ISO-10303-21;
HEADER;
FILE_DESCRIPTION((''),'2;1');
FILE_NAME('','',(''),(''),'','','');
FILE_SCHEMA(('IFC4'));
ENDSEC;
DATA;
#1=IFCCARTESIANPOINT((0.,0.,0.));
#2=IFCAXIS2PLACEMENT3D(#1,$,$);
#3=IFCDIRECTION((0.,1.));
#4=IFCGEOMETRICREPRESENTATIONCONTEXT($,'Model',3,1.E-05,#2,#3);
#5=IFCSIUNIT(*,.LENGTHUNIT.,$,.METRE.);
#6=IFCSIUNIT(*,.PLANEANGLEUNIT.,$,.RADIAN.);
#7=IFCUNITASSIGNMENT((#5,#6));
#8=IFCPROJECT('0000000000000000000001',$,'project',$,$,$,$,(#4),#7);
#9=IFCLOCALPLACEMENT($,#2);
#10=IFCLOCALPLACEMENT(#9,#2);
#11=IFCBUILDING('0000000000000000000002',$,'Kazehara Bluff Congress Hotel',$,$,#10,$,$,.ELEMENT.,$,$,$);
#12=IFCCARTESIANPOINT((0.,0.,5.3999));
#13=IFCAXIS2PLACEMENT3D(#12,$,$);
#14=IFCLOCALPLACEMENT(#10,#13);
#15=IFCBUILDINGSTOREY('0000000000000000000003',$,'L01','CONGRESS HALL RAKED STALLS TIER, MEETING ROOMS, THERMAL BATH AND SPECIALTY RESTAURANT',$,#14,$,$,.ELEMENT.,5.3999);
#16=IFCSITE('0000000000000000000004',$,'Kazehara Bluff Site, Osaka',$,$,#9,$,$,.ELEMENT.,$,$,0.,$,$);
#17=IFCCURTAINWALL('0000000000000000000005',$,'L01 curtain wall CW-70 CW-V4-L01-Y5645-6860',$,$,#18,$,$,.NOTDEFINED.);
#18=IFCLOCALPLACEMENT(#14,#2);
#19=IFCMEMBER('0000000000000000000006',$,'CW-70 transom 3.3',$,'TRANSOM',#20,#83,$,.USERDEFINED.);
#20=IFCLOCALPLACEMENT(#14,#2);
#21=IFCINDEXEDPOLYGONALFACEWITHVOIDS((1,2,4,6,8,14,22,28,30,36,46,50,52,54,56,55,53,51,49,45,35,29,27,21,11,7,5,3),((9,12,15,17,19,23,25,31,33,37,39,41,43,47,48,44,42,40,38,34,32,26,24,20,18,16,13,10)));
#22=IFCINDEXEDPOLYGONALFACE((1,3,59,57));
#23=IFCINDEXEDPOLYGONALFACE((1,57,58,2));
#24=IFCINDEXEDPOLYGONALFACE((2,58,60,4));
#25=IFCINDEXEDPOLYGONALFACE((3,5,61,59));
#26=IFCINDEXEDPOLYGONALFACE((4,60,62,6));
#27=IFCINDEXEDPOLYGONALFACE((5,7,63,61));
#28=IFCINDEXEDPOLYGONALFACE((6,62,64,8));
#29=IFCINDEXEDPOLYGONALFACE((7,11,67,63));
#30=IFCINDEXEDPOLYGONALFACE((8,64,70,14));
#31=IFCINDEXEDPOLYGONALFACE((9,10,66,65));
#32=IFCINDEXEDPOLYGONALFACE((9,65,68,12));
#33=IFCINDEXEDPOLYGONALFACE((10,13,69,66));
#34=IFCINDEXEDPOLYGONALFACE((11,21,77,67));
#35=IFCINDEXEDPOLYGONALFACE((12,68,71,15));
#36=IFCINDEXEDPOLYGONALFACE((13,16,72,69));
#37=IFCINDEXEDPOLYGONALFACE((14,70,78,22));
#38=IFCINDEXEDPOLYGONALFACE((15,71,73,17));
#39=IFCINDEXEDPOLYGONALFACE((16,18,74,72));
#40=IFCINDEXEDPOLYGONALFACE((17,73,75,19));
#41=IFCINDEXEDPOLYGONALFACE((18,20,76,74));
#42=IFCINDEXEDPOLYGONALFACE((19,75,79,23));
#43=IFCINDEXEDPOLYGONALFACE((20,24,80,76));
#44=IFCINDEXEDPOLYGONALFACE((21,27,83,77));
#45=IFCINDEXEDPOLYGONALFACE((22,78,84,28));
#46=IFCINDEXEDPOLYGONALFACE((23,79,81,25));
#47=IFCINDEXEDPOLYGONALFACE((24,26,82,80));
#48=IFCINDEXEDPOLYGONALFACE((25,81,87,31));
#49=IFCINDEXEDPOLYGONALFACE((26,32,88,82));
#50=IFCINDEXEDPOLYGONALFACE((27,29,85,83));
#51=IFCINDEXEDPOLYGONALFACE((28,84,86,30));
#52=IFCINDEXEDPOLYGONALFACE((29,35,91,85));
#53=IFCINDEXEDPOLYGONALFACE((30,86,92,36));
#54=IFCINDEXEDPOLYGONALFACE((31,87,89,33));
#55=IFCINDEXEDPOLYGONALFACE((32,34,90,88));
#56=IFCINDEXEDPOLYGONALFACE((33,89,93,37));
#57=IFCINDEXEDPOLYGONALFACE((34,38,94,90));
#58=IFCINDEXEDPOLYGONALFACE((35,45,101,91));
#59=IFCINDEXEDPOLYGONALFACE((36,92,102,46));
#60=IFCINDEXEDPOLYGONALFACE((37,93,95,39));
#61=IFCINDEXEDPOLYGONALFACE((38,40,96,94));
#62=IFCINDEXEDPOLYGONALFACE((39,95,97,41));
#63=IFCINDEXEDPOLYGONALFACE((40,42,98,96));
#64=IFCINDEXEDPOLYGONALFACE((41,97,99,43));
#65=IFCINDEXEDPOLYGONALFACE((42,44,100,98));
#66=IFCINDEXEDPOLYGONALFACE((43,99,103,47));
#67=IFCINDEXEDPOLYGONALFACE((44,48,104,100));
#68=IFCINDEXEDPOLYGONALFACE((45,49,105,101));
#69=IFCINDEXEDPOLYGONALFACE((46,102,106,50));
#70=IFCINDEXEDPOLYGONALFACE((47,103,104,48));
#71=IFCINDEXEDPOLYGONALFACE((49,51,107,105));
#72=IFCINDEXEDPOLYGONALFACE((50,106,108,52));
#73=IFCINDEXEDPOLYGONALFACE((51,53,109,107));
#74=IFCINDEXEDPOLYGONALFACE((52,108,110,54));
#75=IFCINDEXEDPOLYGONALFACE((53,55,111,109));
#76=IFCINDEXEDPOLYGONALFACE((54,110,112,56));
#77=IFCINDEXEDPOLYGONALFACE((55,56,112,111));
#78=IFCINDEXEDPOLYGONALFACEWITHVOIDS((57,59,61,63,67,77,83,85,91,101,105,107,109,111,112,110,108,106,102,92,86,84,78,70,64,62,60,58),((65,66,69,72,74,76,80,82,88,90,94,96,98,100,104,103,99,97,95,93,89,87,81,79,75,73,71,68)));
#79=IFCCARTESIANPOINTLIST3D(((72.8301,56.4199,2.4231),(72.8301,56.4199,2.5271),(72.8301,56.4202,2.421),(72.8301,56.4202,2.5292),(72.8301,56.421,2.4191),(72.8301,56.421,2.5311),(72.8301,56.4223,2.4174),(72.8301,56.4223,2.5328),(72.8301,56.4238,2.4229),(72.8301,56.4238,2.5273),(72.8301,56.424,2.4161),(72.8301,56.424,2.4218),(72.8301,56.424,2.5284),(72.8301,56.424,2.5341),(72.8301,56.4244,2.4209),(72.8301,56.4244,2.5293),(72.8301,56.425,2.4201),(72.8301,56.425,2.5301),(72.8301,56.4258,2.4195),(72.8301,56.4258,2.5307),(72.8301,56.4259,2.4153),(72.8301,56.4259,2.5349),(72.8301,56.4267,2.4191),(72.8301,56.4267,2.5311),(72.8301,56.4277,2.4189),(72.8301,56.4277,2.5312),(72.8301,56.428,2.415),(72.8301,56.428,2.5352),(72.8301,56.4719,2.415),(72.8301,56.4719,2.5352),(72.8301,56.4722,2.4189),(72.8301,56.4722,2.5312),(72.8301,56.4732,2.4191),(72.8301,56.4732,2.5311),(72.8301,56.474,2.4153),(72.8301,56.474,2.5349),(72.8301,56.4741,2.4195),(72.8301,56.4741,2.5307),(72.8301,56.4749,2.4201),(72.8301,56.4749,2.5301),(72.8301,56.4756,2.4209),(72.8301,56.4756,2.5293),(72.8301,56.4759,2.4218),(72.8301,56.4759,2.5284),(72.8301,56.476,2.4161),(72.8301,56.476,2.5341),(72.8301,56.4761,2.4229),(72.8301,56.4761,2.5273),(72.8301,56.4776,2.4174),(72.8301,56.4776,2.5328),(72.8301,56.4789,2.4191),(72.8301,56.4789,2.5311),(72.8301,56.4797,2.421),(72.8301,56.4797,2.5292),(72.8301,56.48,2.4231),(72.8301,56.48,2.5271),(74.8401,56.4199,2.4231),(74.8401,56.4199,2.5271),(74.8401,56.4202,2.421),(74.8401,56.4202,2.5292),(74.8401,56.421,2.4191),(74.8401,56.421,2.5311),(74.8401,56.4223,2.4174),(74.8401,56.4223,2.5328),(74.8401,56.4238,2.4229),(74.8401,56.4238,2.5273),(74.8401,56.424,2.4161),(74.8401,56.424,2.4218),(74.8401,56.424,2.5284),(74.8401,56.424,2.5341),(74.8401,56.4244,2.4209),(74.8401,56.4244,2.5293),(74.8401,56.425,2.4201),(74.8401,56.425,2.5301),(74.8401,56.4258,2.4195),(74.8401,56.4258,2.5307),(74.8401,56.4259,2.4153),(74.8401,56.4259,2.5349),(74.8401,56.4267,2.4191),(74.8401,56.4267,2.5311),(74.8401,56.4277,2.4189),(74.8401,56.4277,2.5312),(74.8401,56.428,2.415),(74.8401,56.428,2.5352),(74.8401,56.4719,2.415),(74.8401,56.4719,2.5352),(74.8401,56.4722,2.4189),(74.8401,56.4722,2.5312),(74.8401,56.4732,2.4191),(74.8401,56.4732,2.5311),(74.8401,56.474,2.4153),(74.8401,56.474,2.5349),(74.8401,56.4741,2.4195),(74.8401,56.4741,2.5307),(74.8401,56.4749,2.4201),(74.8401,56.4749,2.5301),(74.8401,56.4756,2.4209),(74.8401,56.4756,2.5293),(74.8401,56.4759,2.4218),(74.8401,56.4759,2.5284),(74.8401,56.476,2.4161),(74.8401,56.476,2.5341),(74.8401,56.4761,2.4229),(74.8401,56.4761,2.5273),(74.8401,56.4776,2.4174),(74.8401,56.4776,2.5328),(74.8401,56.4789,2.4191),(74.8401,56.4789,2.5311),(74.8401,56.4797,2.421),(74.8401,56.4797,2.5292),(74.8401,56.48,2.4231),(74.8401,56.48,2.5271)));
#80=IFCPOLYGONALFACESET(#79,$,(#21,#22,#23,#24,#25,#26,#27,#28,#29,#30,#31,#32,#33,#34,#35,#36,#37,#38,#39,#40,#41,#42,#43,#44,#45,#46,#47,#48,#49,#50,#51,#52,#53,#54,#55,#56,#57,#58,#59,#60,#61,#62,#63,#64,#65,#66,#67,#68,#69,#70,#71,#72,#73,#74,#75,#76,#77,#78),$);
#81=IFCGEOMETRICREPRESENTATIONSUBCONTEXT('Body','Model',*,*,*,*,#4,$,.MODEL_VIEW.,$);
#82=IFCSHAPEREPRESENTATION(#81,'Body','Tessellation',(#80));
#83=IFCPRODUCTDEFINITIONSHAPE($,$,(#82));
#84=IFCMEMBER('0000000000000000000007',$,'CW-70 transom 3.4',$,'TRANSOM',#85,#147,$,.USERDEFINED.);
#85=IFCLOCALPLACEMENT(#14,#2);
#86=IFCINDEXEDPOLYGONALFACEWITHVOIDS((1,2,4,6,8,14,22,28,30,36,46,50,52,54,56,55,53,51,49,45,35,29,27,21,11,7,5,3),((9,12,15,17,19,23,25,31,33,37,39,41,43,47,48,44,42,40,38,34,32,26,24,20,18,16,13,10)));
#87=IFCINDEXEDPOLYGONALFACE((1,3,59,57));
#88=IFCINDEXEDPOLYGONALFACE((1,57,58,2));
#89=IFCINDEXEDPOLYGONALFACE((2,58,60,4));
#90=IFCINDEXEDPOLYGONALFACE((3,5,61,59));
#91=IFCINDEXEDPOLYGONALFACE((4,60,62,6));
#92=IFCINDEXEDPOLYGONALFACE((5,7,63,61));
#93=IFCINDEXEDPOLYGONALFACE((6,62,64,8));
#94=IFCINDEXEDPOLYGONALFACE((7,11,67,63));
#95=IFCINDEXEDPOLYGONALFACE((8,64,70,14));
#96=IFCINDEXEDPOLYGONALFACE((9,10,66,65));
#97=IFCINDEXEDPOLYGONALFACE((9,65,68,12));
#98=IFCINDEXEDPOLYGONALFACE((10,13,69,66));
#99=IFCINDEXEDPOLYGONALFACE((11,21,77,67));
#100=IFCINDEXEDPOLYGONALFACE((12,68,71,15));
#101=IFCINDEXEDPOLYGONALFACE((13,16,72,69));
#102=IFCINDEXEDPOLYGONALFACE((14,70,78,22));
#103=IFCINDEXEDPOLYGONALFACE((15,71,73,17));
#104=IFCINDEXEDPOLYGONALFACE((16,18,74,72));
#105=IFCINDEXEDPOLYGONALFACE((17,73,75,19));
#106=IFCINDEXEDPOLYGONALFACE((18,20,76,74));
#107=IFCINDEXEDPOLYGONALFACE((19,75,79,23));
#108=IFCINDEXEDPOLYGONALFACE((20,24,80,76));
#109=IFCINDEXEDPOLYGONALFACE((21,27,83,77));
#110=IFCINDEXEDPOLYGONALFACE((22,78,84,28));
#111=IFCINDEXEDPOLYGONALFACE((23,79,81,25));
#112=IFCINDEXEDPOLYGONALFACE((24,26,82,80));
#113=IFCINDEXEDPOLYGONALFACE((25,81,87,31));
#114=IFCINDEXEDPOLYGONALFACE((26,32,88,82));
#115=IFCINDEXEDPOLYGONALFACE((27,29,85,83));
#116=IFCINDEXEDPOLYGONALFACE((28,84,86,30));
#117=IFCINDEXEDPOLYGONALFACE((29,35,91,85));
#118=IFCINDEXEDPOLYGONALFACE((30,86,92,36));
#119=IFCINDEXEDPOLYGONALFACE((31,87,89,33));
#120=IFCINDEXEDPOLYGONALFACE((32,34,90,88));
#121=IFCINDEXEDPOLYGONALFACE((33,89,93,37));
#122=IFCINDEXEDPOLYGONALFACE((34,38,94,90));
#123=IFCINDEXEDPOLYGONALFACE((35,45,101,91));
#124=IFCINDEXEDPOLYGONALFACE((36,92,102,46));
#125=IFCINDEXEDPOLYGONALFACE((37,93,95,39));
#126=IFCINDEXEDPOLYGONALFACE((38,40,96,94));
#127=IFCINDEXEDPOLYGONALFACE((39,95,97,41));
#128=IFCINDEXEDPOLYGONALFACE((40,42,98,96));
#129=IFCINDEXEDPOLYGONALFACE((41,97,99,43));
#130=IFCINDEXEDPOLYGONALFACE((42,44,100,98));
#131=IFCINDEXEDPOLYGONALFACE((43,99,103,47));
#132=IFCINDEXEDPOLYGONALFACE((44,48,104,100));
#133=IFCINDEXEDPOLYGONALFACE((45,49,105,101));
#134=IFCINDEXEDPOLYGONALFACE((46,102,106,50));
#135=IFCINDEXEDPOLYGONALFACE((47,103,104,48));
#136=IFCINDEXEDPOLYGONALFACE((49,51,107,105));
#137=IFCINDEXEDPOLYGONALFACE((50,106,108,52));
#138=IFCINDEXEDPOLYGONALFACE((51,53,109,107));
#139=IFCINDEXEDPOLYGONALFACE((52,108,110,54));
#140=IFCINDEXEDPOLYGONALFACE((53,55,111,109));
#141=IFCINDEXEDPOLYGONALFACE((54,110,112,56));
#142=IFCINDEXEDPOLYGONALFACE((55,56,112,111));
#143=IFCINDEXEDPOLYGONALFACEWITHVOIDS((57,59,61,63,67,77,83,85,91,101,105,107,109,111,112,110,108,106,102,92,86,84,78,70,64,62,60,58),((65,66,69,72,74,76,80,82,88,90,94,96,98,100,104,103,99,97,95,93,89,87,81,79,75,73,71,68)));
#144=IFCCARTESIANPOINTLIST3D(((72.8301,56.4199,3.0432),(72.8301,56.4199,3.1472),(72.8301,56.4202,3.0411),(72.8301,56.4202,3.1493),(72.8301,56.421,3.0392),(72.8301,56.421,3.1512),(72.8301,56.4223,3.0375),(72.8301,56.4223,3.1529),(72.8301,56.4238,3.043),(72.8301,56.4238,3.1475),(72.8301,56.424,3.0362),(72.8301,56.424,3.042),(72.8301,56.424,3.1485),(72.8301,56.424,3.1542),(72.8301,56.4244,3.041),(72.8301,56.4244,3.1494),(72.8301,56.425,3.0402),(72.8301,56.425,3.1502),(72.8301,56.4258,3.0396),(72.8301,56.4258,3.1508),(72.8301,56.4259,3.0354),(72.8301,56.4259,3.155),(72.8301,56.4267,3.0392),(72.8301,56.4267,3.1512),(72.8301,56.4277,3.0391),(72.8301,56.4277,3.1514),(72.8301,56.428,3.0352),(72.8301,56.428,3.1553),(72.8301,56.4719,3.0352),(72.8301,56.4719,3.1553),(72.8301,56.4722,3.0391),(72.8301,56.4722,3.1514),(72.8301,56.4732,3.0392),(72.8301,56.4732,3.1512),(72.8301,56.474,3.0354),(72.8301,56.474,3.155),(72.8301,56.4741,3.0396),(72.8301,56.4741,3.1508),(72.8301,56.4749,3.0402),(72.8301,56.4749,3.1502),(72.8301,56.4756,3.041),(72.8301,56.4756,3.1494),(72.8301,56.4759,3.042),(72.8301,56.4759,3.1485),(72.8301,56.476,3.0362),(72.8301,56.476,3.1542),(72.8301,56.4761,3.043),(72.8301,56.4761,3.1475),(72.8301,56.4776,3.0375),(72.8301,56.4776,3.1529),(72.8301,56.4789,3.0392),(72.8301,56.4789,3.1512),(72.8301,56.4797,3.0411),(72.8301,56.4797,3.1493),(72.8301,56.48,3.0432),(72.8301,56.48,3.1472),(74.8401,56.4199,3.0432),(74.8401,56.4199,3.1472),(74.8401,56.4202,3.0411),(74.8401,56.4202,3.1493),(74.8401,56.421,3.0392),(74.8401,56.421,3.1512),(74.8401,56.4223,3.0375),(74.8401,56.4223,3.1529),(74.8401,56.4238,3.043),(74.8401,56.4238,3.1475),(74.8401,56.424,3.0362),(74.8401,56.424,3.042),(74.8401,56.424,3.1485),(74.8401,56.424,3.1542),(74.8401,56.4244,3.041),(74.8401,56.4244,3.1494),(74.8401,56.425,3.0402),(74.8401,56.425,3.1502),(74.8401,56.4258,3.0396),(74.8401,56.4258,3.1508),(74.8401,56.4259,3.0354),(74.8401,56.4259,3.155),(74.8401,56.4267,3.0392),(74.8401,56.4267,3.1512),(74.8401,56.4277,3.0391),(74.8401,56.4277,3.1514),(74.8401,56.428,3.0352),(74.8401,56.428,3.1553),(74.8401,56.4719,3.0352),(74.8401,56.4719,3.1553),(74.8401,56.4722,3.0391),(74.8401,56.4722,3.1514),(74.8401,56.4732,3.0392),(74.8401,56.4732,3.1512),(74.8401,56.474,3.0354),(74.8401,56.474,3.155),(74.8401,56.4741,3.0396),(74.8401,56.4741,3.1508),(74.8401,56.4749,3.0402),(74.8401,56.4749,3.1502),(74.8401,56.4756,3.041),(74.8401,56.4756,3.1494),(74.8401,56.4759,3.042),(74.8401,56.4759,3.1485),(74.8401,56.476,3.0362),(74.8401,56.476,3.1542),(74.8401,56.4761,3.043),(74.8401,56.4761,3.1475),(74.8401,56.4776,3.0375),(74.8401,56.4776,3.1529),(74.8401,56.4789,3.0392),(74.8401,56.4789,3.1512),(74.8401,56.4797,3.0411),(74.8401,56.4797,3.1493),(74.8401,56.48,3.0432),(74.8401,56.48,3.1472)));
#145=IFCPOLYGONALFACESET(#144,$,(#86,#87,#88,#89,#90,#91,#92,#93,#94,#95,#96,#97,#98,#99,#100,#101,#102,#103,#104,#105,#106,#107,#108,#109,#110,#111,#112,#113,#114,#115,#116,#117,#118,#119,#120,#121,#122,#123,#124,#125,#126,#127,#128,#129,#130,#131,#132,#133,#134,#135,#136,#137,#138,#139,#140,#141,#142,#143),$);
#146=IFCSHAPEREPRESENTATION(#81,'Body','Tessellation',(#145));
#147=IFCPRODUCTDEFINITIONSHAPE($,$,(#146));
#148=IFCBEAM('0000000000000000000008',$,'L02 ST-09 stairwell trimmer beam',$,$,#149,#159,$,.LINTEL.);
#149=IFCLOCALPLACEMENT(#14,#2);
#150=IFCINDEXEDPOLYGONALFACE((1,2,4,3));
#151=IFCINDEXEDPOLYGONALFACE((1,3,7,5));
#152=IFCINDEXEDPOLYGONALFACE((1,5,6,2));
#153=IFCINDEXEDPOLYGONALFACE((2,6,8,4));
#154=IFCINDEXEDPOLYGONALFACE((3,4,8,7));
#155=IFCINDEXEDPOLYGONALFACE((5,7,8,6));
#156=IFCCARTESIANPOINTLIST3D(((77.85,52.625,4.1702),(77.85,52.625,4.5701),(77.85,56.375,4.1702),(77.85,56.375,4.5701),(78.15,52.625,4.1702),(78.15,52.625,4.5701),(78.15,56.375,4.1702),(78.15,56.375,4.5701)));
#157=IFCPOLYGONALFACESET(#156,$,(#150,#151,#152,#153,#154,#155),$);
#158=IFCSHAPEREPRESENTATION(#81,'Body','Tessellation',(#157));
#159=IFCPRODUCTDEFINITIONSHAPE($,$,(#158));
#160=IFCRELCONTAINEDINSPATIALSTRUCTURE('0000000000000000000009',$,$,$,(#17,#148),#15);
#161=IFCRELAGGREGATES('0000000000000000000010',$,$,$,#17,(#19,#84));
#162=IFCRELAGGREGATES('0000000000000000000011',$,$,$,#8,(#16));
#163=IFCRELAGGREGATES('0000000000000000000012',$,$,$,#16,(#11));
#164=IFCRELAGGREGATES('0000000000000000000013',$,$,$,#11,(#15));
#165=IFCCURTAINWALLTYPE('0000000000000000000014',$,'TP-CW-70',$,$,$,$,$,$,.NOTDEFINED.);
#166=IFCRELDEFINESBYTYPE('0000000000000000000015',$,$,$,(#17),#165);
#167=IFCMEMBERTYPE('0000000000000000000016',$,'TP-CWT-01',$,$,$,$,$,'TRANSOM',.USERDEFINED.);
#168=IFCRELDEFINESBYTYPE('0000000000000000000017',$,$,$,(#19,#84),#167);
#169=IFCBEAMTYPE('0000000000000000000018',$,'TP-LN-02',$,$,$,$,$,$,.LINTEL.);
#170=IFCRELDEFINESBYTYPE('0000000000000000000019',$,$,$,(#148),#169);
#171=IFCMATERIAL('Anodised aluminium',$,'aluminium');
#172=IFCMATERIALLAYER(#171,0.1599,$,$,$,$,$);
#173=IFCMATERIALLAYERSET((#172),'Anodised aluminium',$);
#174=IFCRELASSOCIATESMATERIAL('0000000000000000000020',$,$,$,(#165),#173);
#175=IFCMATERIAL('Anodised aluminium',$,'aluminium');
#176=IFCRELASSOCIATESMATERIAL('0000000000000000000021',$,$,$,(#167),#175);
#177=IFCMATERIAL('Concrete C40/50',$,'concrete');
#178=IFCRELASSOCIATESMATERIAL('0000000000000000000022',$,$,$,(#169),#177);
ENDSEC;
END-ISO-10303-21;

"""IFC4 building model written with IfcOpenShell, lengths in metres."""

from ifc_helpers import new_model, si_unit, direction, frame, origin, origin_2d, place, context, subcontext, project, spatial, rectangle, hollow_rectangle, extrude, material, layer, layer_set, material_profile, profile_set, type_object, element, aggregate, save


model = new_model("IFC4")

# Units and contexts
model_context = context("Model", 3, precision=1e-05, world=origin(), true_north=direction((0.0, 1.0)))
body_context = subcontext(model_context, "Body", "Model", "MODEL_VIEW")
ifc_project = project(units=[si_unit("LENGTHUNIT", "METRE"), si_unit("PLANEANGLEUNIT", "RADIAN")], contexts=[model_context])

# Site, building, storey
site_placement = place(None, origin())
site = spatial("IfcSite", under=ifc_project, at=site_placement, Name="Kazehara Bluff Site, Osaka", CompositionType="ELEMENT", RefElevation=0.0)
building_placement = place(site_placement, origin())
building = spatial("IfcBuilding", under=site, at=building_placement, Name="Kazehara Bluff Congress Hotel", CompositionType="ELEMENT")
storey_placement = place(building_placement, frame((0.0, 0.0, 5.3999)))
storey = spatial("IfcBuildingStorey", under=building, at=storey_placement, Name="L01", Description="CONGRESS HALL RAKED STALLS TIER, MEETING ROOMS, THERMAL BATH AND SPECIALTY RESTAURANT", CompositionType="ELEMENT", Elevation=5.3999)

# Curtain wall, members
ifc_material_1 = material(Name="Anodised aluminium", Category="aluminium")
ifc_layer_1 = layer(ifc_material_1, 0.1599)
ifc_layer_set_1 = layer_set([ifc_layer_1], Name="Anodised aluminium")
curtain_wall_type = type_object("IfcCurtainWallType", Name="TP-CW-70", PredefinedType="NOTDEFINED", material=ifc_layer_set_1)
curtain_wall_placement = place(storey_placement, origin())
curtain_wall = element("IfcCurtainWall", 1, at=curtain_wall_placement, inside=storey, type_object=curtain_wall_type, Name="L01 curtain wall CW-70 CW-V4-L01-Y5645-6860", PredefinedType="NOTDEFINED")
ifc_material_2 = material(Name="Anodised aluminium", Category="aluminium")
ifc_material_profile_1 = material_profile(ifc_material_2, hollow_rectangle(XDim=0.0601, YDim=0.1201, WallThickness=0.0039, InnerFilletRadius=0.0039, OuterFilletRadius=0.0081, at=origin_2d()))
ifc_profile_set_1 = profile_set([ifc_material_profile_1], Name="Anodised aluminium")
member_type_1 = type_object("IfcMemberType", Name="TP-CWT-01", ElementType="TRANSOM", PredefinedType="USERDEFINED", material=ifc_profile_set_1)
member_1_placement = place(storey_placement, frame((72.8301, 56.45, 2.4751), z_axis=(1.0, 0.0, 0.0), x_axis=(0.0, 1.0, 0.0)))
member_1 = element("IfcMember", 2, at=member_1_placement, type_object=member_type_1, Name="CW-70 transom 3.3", ObjectType="TRANSOM", PredefinedType="USERDEFINED", context=body_context, shape_type="SweptSolid", body=[
    extrude(hollow_rectangle(XDim=0.0601, YDim=0.1201, WallThickness=0.0039, InnerFilletRadius=0.0039, OuterFilletRadius=0.0081, at=origin_2d()), origin(), (0.0, 0.0, 1.0), 2.01),
])
member_2_placement = place(storey_placement, frame((72.8301, 56.45, 3.0952), z_axis=(1.0, 0.0, 0.0), x_axis=(0.0, 1.0, 0.0)))
member_2 = element("IfcMember", 3, at=member_2_placement, type_object=member_type_1, Name="CW-70 transom 3.4", ObjectType="TRANSOM", PredefinedType="USERDEFINED", context=body_context, shape_type="SweptSolid", body=[
    extrude(hollow_rectangle(XDim=0.0601, YDim=0.1201, WallThickness=0.0039, InnerFilletRadius=0.0039, OuterFilletRadius=0.0081, at=origin_2d()), origin(), (0.0, 0.0, 1.0), 2.01),
])

# Beam
ifc_material_3 = material(Name="Concrete C40/50", Category="concrete")
ifc_material_profile_2 = material_profile(ifc_material_3, rectangle(XDim=0.3, YDim=0.3999, at=origin_2d()))
ifc_profile_set_2 = profile_set([ifc_material_profile_2], Name="Concrete C40/50")
beam_type_1 = type_object("IfcBeamType", Name="TP-LN-02", PredefinedType="LINTEL", material=ifc_profile_set_2)
beam_1_placement = place(storey_placement, frame((78.0, 52.625, 4.3701), z_axis=(0.0, 1.0, 0.0), x_axis=(-1.0, 0.0, 0.0)))
element("IfcBeam", 4, at=beam_1_placement, inside=storey, type_object=beam_type_1, Name="L02 ST-09 stairwell trimmer beam", PredefinedType="LINTEL", context=body_context, shape_type="SweptSolid", body=[
    extrude(rectangle(XDim=0.3, YDim=0.3999, at=origin_2d()), origin(), (0.0, 0.0, 1.0), 3.75),
])

aggregate(curtain_wall, [member_1, member_2])

save(model, "model.ifc")
